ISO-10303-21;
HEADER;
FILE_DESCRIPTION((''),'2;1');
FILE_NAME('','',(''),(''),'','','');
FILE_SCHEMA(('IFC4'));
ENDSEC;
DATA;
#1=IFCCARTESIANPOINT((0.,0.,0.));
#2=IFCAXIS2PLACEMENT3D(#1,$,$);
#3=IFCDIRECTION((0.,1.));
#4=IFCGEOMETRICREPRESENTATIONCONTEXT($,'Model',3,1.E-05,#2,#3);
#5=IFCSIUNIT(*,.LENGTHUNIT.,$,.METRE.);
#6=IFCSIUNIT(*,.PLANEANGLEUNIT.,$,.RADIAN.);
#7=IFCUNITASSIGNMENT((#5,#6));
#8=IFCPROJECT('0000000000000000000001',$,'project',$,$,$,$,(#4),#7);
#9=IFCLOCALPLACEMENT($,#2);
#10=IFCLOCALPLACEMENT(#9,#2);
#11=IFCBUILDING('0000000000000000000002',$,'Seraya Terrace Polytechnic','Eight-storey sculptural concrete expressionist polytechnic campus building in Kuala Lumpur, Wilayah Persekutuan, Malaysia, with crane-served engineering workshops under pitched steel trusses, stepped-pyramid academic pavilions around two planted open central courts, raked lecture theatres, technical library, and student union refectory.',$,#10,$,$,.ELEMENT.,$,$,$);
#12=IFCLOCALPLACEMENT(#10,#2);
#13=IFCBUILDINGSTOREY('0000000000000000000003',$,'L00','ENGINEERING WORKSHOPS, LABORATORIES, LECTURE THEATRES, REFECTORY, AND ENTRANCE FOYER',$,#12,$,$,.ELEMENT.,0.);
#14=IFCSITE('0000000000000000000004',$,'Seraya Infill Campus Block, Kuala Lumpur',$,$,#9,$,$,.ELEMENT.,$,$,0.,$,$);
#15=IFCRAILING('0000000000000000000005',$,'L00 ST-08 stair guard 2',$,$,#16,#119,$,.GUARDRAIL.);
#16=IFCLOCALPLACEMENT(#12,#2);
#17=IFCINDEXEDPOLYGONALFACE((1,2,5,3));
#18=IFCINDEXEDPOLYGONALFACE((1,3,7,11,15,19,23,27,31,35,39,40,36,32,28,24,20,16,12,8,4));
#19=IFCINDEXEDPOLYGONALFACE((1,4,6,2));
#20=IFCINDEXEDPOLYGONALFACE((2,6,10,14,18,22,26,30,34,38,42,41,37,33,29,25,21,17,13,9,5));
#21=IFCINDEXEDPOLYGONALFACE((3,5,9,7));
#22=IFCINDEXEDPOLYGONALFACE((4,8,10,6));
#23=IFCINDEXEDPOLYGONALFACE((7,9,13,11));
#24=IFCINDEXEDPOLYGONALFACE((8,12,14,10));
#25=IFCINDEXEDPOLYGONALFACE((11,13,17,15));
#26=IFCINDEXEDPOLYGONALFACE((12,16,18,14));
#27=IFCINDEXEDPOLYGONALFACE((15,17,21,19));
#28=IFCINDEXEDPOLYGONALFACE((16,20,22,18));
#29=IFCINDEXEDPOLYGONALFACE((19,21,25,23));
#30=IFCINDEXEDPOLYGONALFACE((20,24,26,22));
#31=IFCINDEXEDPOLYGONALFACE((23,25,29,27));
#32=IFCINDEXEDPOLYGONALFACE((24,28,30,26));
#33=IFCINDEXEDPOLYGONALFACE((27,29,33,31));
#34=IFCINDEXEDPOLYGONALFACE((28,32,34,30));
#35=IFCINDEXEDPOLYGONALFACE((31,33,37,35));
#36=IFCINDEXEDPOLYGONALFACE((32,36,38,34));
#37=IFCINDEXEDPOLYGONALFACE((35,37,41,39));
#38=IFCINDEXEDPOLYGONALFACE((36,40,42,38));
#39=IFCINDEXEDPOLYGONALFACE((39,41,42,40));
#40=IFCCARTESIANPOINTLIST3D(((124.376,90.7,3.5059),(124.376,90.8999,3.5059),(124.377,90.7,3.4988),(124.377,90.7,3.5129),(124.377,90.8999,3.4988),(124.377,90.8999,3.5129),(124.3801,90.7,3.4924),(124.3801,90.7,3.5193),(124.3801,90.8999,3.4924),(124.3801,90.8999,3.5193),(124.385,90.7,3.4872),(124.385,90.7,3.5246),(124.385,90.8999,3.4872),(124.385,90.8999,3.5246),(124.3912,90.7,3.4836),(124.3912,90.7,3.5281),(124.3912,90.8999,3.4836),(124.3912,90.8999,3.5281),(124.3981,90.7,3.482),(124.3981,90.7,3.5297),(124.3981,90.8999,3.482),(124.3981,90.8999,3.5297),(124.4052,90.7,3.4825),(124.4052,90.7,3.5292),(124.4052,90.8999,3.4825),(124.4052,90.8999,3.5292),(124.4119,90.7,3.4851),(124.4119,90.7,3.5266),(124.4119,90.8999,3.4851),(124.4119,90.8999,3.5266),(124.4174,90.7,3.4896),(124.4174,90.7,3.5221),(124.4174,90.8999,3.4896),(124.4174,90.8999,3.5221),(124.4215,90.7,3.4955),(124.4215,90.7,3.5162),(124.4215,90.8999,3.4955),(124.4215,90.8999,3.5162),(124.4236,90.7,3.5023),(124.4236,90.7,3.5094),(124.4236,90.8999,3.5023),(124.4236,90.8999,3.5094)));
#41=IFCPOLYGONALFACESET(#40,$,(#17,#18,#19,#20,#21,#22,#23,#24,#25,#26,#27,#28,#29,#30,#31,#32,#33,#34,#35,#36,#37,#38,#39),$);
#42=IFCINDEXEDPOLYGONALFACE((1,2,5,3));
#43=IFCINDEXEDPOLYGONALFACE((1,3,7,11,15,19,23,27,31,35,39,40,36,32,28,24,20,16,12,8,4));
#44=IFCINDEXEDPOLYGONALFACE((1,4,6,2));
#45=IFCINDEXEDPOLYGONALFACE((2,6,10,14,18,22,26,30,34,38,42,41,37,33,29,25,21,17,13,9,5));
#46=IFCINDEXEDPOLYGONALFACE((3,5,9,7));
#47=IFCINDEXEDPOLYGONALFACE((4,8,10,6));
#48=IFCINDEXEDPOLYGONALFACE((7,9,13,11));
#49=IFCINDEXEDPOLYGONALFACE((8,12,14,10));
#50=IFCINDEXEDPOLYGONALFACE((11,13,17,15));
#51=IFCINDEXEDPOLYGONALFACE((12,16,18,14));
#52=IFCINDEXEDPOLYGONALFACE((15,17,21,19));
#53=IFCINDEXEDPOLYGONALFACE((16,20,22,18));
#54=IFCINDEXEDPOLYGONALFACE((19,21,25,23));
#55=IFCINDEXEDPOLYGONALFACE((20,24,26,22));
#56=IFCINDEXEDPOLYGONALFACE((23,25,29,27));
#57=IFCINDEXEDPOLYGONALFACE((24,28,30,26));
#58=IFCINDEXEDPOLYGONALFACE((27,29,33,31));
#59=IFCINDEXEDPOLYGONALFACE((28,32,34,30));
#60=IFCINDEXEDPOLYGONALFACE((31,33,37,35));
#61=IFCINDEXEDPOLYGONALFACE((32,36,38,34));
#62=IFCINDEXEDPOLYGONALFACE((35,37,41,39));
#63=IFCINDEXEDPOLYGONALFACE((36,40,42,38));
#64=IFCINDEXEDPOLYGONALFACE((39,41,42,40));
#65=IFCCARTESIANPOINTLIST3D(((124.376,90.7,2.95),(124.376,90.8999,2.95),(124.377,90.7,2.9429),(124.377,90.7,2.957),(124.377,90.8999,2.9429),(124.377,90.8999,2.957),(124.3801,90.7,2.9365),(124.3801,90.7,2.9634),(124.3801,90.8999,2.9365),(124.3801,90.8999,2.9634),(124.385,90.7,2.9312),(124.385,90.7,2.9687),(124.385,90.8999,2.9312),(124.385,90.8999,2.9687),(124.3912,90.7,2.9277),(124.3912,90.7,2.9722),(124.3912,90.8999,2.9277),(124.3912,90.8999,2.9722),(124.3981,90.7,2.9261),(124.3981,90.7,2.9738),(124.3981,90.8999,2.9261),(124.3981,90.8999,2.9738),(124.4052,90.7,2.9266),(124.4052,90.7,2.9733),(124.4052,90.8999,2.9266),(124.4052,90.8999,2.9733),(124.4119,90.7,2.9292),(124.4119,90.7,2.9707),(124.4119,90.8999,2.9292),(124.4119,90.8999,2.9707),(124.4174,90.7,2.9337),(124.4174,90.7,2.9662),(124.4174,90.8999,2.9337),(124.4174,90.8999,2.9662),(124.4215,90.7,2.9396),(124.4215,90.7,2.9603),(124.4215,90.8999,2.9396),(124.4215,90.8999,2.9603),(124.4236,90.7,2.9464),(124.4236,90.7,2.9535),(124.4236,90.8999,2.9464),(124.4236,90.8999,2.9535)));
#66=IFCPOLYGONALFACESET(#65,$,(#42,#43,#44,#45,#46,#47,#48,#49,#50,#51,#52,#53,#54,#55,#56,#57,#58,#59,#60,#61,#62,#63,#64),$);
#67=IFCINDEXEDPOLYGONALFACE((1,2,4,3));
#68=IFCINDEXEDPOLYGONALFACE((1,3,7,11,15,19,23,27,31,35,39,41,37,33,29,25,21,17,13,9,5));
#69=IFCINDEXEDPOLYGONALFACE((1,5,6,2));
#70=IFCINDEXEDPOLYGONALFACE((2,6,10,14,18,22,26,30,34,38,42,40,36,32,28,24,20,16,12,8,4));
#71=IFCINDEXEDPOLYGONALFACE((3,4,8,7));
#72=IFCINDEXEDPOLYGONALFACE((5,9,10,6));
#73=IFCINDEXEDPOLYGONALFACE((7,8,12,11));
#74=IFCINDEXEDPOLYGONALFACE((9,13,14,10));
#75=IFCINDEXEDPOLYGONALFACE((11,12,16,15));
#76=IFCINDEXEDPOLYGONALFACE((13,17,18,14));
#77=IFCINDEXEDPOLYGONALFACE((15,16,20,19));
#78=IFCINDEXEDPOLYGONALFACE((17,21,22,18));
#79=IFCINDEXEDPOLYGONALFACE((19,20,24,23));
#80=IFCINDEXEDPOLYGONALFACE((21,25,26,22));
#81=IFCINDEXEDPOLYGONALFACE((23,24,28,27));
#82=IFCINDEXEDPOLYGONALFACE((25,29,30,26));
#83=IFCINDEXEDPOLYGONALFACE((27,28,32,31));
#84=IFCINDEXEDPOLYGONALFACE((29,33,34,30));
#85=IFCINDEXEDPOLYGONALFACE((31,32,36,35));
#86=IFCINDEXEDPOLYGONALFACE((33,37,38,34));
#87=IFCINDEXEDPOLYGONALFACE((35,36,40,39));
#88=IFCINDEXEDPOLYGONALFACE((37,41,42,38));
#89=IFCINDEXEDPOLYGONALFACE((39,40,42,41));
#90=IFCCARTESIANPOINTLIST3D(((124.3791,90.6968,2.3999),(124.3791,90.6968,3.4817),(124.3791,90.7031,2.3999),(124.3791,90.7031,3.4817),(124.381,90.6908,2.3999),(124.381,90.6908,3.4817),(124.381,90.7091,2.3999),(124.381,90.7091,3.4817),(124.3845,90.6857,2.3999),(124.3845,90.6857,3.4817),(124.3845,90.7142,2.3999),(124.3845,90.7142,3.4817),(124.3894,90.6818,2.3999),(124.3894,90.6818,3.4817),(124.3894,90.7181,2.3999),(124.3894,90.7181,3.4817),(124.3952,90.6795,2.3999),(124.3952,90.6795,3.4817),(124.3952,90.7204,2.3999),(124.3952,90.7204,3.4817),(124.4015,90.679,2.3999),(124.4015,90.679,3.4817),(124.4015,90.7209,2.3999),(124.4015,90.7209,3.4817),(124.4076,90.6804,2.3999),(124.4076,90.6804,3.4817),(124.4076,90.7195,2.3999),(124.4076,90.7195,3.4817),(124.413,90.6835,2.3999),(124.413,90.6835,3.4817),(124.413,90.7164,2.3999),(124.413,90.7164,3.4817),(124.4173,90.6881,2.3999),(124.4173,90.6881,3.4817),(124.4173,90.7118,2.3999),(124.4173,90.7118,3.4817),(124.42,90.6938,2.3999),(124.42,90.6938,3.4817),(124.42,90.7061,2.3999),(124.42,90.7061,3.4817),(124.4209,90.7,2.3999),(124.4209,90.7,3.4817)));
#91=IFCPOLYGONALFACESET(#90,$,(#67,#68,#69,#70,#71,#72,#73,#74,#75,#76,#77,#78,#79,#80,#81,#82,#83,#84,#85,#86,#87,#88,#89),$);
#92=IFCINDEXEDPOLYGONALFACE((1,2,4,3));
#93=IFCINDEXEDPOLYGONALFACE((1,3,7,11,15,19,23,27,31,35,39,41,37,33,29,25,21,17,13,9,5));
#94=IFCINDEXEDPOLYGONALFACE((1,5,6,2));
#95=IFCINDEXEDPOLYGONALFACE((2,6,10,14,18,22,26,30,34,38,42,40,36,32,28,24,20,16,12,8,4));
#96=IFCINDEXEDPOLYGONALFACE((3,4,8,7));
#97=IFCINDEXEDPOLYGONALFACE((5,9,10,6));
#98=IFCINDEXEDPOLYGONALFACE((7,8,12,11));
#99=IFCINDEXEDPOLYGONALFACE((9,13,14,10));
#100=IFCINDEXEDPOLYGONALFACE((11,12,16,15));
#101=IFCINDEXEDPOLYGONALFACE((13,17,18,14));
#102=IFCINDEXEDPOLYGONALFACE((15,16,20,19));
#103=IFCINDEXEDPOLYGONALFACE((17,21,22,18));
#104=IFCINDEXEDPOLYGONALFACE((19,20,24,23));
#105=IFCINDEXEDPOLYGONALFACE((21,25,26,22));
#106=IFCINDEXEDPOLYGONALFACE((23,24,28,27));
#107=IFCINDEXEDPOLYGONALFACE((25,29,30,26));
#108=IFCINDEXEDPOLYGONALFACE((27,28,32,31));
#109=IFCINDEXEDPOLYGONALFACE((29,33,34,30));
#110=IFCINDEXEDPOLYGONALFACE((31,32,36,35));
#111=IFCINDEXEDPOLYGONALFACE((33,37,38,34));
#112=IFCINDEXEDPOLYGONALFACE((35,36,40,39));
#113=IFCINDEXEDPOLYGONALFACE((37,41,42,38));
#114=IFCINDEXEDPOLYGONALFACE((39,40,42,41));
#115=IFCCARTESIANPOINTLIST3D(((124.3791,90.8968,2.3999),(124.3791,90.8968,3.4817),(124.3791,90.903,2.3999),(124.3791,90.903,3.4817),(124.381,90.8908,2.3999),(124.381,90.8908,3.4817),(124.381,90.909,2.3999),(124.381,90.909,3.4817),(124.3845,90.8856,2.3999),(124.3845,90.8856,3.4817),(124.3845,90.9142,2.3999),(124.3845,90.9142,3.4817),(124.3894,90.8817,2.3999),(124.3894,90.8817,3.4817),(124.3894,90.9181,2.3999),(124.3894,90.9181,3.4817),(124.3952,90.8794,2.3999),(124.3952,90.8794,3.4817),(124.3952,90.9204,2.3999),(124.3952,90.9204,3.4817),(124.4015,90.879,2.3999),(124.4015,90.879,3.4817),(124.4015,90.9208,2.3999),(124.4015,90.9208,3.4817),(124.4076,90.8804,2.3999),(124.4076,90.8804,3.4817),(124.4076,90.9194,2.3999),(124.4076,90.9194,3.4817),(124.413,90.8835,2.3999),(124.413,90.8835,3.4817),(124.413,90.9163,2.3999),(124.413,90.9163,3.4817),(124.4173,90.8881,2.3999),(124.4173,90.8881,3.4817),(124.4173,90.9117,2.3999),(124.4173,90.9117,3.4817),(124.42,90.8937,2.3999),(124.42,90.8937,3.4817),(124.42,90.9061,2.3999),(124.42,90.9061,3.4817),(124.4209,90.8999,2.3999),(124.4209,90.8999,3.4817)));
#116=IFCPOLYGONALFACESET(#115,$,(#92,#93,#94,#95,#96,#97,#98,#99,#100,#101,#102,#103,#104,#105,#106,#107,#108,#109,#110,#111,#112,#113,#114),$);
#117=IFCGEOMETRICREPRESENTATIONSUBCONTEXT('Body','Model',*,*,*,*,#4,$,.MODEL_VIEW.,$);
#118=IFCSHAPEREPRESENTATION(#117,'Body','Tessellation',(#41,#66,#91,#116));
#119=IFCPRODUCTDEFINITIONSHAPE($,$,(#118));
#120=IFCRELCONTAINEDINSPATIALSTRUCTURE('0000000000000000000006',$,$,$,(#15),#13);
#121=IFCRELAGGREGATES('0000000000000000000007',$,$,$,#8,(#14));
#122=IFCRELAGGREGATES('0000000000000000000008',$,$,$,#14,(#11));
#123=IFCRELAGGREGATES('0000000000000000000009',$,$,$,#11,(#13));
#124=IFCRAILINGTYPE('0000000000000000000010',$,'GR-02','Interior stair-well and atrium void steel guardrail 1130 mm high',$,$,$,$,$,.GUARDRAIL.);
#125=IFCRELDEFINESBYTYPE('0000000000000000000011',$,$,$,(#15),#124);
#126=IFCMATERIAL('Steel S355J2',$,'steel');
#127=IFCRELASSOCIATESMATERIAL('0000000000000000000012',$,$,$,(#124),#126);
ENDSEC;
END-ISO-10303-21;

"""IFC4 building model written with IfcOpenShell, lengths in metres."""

from ifc_helpers import new_model, si_unit, direction, frame, origin, origin_2d, place, context, subcontext, project, spatial, circle, extrude, material, type_object, element, save


model = new_model("IFC4")

# Units and contexts
model_context = context("Model", 3, precision=1e-05, world=origin(), true_north=direction((0.0, 1.0)))
body_context = subcontext(model_context, "Body", "Model", "MODEL_VIEW")
ifc_project = project(units=[si_unit("LENGTHUNIT", "METRE"), si_unit("PLANEANGLEUNIT", "RADIAN")], contexts=[model_context])

# Site, building, storey
site_placement = place(None, origin())
site = spatial("IfcSite", under=ifc_project, at=site_placement, Name="Seraya Infill Campus Block, Kuala Lumpur", CompositionType="ELEMENT", RefElevation=0.0)
building_placement = place(site_placement, origin())
building = spatial("IfcBuilding", under=site, at=building_placement, Name="Seraya Terrace Polytechnic", Description="Eight-storey sculptural concrete expressionist polytechnic campus building in Kuala Lumpur, Wilayah Persekutuan, Malaysia, with crane-served engineering workshops under pitched steel trusses, stepped-pyramid academic pavilions around two planted open central courts, raked lecture theatres, technical library, and student union refectory.", CompositionType="ELEMENT")
storey_placement = place(building_placement, origin())
storey = spatial("IfcBuildingStorey", under=building, at=storey_placement, Name="L00", Description="ENGINEERING WORKSHOPS, LABORATORIES, LECTURE THEATRES, REFECTORY, AND ENTRANCE FOYER", CompositionType="ELEMENT", Elevation=0.0)

# Shared definitions
ifc_material_1 = material(Name="Steel S355J2", Category="steel")

# Railing
railing_type_1 = type_object("IfcRailingType", Name="GR-02", Description="Interior stair-well and atrium void steel guardrail 1130 mm high", PredefinedType="GUARDRAIL", material=ifc_material_1)
railing_1_placement = place(storey_placement, frame((124.3999, 90.7, 2.3999)))
element("IfcRailing", 1, at=railing_1_placement, inside=storey, type_object=railing_type_1, Name="L00 ST-08 stair guard 2", PredefinedType="GUARDRAIL", context=body_context, shape_type="SweptSolid", body=[
    extrude(circle(Radius=0.0239, at=origin_2d()), frame((0.0, 0.0, 1.106), z_axis=(0.0, 1.0, 0.0), x_axis=(-1.0, 0.0, 0.0)), (0.0, 0.0, 1.0), 0.2),
    extrude(circle(Radius=0.0239, at=origin_2d()), frame((0.0, 0.0, 0.55), z_axis=(0.0, 1.0, 0.0), x_axis=(-1.0, 0.0, 0.0)), (0.0, 0.0, 1.0), 0.2),
    extrude(circle(Radius=0.021, at=origin_2d()), origin(), (0.0, 0.0, 1.0), 1.0818),
    extrude(circle(Radius=0.021, at=origin_2d()), frame((0.0, 0.2, 0.0)), (0.0, 0.0, 1.0), 1.0818),
])

save(model, "model.ifc")
